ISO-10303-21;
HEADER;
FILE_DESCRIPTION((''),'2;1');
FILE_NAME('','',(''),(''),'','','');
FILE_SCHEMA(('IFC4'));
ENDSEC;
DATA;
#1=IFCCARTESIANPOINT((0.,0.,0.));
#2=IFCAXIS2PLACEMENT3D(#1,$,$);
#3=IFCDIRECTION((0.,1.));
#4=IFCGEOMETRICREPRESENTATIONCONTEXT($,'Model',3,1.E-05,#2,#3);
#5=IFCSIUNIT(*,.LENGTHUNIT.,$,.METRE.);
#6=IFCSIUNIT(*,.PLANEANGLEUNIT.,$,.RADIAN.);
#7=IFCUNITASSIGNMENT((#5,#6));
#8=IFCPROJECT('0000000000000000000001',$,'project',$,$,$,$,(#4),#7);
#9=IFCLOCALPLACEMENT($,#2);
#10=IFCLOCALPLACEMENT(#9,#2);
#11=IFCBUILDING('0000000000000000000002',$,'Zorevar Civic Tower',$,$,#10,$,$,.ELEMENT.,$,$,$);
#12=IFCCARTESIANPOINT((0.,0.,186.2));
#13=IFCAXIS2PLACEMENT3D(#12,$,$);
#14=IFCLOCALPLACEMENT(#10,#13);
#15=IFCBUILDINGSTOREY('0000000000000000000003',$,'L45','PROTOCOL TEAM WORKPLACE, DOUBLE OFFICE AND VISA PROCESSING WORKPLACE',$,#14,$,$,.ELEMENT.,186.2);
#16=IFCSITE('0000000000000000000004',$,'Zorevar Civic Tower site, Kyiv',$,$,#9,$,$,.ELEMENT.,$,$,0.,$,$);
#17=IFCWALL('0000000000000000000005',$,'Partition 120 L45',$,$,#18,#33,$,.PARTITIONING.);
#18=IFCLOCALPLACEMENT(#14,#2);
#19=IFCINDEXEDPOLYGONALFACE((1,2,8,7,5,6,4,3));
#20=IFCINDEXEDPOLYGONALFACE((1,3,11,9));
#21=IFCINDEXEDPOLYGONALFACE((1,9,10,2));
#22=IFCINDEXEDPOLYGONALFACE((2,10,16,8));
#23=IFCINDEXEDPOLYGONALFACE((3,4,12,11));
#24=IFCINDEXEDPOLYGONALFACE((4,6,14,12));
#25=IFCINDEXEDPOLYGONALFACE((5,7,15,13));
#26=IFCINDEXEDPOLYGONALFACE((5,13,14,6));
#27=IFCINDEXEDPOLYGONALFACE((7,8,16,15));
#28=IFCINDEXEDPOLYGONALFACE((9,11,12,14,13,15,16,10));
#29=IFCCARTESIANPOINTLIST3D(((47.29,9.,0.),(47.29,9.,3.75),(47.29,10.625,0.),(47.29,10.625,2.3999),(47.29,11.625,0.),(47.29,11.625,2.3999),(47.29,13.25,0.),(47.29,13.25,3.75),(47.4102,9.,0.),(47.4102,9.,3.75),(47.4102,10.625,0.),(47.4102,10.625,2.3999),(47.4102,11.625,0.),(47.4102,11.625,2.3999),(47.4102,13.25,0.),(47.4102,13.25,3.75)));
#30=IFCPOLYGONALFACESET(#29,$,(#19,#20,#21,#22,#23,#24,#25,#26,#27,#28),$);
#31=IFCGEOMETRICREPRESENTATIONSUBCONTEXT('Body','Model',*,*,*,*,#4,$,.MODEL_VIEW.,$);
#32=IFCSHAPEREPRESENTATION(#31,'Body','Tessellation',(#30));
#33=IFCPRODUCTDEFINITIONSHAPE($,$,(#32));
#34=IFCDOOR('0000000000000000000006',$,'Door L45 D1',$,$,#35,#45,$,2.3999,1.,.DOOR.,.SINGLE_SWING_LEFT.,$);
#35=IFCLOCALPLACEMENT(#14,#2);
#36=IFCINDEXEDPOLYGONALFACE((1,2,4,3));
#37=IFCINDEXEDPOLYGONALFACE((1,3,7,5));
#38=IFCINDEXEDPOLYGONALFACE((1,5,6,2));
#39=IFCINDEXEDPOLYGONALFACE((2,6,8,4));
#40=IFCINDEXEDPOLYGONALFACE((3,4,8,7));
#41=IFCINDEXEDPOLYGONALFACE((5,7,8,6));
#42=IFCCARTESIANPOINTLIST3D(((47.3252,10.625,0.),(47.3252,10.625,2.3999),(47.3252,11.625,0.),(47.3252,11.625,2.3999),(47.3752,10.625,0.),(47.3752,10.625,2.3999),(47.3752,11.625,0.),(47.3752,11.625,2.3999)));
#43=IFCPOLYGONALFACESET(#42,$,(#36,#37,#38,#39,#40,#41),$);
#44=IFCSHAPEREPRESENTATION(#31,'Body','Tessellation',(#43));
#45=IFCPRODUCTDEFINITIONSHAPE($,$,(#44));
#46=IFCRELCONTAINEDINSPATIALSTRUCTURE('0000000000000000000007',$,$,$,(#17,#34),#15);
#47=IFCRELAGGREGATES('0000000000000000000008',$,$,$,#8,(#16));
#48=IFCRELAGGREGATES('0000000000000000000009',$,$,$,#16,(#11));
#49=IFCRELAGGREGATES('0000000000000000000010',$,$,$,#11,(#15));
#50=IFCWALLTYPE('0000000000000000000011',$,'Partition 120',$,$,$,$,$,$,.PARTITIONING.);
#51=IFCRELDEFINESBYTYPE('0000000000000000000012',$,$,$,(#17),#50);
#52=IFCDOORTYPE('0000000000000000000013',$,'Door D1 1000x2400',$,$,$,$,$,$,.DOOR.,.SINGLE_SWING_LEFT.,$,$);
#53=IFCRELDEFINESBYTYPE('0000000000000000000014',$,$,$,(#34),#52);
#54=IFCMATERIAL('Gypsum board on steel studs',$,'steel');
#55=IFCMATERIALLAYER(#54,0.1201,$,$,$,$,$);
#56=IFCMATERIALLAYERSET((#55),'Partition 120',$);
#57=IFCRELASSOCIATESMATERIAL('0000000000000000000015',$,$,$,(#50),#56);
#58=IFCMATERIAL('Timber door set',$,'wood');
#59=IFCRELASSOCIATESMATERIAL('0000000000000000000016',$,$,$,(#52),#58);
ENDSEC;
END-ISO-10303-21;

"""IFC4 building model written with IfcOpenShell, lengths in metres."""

from ifc_helpers import new_model, si_unit, direction, frame, frame_2d, origin, place, context, subcontext, project, spatial, rectangle, extrude, material, layer, layer_set, type_object, element, fill, save


model = new_model("IFC4")

# Units and contexts
model_context = context("Model", 3, precision=1e-05, world=origin(), true_north=direction((0.0, 1.0)))
body_context = subcontext(model_context, "Body", "Model", "MODEL_VIEW")
ifc_project = project(units=[si_unit("LENGTHUNIT", "METRE"), si_unit("PLANEANGLEUNIT", "RADIAN")], contexts=[model_context])

# Site, building, storey
site_placement = place(None, origin())
site = spatial("IfcSite", under=ifc_project, at=site_placement, Name="Zorevar Civic Tower site, Kyiv", CompositionType="ELEMENT", RefElevation=0.0)
building_placement = place(site_placement, origin())
building = spatial("IfcBuilding", under=site, at=building_placement, Name="Zorevar Civic Tower", CompositionType="ELEMENT")
storey_placement = place(building_placement, frame((0.0, 0.0, 186.2)))
storey = spatial("IfcBuildingStorey", under=building, at=storey_placement, Name="L45", Description="PROTOCOL TEAM WORKPLACE, DOUBLE OFFICE AND VISA PROCESSING WORKPLACE", CompositionType="ELEMENT", Elevation=186.2)

# Shared definitions
ifc_material_1 = material(Name="Gypsum board on steel studs", Category="steel")
ifc_layer_1 = layer(ifc_material_1, 0.1201)
ifc_layer_set_1 = layer_set([ifc_layer_1], Name="Partition 120")
wall_type = type_object("IfcWallType", Name="Partition 120", PredefinedType="PARTITIONING", material=ifc_layer_set_1)

# Wall, opening, door
wall_1_placement = place(storey_placement, frame((47.3501, 9.0, 0.0), z_axis=(0.0, 0.0, 1.0), x_axis=(0.0, 1.0, 0.0)))
wall_1 = element("IfcWall", 1, at=wall_1_placement, inside=storey, type_object=wall_type, Name="Partition 120 L45", PredefinedType="PARTITIONING", context=body_context, shape_type="SweptSolid", body=[
    extrude(rectangle(XDim=4.25, YDim=0.1201, at=frame_2d((2.125, 0.0))), origin(), (0.0, 0.0, 1.0), 3.75),
])
opening_placement = place(wall_1_placement, frame((1.625, 0.0, 0.0)))
opening = element("IfcOpeningElement", 2, at=opening_placement, cuts=wall_1, PredefinedType="OPENING", context=body_context, shape_type="SweptSolid", body=[
    extrude(rectangle(XDim=1.0, YDim=2.3999, at=frame_2d((0.5, 1.2))), frame((0.0, 0.0701, 0.0), z_axis=(0.0, -1.0, 0.0), x_axis=(1.0, 0.0, 0.0)), (0.0, 0.0, 1.0), 0.1401),
])
ifc_material_2 = material(Name="Timber door set", Category="wood")
door_type = type_object("IfcDoorType", Name="Door D1 1000x2400", OperationType="SINGLE_SWING_LEFT", PredefinedType="DOOR", material=ifc_material_2)
door_placement = place(opening_placement, origin())
door = element("IfcDoor", 3, at=door_placement, inside=storey, type_object=door_type, Name="Door L45 D1", OperationType="SINGLE_SWING_LEFT", OverallHeight=2.3999, OverallWidth=1.0, PredefinedType="DOOR", context=body_context, shape_type="SweptSolid", body=[
    extrude(rectangle(XDim=1.0, YDim=2.3999, at=frame_2d((0.5, 1.2))), frame((0.0, 0.0249, 0.0), z_axis=(0.0, -1.0, 0.0), x_axis=(1.0, 0.0, 0.0)), (0.0, 0.0, 1.0), 0.05),
])
fill(opening, door)

save(model, "model.ifc")
